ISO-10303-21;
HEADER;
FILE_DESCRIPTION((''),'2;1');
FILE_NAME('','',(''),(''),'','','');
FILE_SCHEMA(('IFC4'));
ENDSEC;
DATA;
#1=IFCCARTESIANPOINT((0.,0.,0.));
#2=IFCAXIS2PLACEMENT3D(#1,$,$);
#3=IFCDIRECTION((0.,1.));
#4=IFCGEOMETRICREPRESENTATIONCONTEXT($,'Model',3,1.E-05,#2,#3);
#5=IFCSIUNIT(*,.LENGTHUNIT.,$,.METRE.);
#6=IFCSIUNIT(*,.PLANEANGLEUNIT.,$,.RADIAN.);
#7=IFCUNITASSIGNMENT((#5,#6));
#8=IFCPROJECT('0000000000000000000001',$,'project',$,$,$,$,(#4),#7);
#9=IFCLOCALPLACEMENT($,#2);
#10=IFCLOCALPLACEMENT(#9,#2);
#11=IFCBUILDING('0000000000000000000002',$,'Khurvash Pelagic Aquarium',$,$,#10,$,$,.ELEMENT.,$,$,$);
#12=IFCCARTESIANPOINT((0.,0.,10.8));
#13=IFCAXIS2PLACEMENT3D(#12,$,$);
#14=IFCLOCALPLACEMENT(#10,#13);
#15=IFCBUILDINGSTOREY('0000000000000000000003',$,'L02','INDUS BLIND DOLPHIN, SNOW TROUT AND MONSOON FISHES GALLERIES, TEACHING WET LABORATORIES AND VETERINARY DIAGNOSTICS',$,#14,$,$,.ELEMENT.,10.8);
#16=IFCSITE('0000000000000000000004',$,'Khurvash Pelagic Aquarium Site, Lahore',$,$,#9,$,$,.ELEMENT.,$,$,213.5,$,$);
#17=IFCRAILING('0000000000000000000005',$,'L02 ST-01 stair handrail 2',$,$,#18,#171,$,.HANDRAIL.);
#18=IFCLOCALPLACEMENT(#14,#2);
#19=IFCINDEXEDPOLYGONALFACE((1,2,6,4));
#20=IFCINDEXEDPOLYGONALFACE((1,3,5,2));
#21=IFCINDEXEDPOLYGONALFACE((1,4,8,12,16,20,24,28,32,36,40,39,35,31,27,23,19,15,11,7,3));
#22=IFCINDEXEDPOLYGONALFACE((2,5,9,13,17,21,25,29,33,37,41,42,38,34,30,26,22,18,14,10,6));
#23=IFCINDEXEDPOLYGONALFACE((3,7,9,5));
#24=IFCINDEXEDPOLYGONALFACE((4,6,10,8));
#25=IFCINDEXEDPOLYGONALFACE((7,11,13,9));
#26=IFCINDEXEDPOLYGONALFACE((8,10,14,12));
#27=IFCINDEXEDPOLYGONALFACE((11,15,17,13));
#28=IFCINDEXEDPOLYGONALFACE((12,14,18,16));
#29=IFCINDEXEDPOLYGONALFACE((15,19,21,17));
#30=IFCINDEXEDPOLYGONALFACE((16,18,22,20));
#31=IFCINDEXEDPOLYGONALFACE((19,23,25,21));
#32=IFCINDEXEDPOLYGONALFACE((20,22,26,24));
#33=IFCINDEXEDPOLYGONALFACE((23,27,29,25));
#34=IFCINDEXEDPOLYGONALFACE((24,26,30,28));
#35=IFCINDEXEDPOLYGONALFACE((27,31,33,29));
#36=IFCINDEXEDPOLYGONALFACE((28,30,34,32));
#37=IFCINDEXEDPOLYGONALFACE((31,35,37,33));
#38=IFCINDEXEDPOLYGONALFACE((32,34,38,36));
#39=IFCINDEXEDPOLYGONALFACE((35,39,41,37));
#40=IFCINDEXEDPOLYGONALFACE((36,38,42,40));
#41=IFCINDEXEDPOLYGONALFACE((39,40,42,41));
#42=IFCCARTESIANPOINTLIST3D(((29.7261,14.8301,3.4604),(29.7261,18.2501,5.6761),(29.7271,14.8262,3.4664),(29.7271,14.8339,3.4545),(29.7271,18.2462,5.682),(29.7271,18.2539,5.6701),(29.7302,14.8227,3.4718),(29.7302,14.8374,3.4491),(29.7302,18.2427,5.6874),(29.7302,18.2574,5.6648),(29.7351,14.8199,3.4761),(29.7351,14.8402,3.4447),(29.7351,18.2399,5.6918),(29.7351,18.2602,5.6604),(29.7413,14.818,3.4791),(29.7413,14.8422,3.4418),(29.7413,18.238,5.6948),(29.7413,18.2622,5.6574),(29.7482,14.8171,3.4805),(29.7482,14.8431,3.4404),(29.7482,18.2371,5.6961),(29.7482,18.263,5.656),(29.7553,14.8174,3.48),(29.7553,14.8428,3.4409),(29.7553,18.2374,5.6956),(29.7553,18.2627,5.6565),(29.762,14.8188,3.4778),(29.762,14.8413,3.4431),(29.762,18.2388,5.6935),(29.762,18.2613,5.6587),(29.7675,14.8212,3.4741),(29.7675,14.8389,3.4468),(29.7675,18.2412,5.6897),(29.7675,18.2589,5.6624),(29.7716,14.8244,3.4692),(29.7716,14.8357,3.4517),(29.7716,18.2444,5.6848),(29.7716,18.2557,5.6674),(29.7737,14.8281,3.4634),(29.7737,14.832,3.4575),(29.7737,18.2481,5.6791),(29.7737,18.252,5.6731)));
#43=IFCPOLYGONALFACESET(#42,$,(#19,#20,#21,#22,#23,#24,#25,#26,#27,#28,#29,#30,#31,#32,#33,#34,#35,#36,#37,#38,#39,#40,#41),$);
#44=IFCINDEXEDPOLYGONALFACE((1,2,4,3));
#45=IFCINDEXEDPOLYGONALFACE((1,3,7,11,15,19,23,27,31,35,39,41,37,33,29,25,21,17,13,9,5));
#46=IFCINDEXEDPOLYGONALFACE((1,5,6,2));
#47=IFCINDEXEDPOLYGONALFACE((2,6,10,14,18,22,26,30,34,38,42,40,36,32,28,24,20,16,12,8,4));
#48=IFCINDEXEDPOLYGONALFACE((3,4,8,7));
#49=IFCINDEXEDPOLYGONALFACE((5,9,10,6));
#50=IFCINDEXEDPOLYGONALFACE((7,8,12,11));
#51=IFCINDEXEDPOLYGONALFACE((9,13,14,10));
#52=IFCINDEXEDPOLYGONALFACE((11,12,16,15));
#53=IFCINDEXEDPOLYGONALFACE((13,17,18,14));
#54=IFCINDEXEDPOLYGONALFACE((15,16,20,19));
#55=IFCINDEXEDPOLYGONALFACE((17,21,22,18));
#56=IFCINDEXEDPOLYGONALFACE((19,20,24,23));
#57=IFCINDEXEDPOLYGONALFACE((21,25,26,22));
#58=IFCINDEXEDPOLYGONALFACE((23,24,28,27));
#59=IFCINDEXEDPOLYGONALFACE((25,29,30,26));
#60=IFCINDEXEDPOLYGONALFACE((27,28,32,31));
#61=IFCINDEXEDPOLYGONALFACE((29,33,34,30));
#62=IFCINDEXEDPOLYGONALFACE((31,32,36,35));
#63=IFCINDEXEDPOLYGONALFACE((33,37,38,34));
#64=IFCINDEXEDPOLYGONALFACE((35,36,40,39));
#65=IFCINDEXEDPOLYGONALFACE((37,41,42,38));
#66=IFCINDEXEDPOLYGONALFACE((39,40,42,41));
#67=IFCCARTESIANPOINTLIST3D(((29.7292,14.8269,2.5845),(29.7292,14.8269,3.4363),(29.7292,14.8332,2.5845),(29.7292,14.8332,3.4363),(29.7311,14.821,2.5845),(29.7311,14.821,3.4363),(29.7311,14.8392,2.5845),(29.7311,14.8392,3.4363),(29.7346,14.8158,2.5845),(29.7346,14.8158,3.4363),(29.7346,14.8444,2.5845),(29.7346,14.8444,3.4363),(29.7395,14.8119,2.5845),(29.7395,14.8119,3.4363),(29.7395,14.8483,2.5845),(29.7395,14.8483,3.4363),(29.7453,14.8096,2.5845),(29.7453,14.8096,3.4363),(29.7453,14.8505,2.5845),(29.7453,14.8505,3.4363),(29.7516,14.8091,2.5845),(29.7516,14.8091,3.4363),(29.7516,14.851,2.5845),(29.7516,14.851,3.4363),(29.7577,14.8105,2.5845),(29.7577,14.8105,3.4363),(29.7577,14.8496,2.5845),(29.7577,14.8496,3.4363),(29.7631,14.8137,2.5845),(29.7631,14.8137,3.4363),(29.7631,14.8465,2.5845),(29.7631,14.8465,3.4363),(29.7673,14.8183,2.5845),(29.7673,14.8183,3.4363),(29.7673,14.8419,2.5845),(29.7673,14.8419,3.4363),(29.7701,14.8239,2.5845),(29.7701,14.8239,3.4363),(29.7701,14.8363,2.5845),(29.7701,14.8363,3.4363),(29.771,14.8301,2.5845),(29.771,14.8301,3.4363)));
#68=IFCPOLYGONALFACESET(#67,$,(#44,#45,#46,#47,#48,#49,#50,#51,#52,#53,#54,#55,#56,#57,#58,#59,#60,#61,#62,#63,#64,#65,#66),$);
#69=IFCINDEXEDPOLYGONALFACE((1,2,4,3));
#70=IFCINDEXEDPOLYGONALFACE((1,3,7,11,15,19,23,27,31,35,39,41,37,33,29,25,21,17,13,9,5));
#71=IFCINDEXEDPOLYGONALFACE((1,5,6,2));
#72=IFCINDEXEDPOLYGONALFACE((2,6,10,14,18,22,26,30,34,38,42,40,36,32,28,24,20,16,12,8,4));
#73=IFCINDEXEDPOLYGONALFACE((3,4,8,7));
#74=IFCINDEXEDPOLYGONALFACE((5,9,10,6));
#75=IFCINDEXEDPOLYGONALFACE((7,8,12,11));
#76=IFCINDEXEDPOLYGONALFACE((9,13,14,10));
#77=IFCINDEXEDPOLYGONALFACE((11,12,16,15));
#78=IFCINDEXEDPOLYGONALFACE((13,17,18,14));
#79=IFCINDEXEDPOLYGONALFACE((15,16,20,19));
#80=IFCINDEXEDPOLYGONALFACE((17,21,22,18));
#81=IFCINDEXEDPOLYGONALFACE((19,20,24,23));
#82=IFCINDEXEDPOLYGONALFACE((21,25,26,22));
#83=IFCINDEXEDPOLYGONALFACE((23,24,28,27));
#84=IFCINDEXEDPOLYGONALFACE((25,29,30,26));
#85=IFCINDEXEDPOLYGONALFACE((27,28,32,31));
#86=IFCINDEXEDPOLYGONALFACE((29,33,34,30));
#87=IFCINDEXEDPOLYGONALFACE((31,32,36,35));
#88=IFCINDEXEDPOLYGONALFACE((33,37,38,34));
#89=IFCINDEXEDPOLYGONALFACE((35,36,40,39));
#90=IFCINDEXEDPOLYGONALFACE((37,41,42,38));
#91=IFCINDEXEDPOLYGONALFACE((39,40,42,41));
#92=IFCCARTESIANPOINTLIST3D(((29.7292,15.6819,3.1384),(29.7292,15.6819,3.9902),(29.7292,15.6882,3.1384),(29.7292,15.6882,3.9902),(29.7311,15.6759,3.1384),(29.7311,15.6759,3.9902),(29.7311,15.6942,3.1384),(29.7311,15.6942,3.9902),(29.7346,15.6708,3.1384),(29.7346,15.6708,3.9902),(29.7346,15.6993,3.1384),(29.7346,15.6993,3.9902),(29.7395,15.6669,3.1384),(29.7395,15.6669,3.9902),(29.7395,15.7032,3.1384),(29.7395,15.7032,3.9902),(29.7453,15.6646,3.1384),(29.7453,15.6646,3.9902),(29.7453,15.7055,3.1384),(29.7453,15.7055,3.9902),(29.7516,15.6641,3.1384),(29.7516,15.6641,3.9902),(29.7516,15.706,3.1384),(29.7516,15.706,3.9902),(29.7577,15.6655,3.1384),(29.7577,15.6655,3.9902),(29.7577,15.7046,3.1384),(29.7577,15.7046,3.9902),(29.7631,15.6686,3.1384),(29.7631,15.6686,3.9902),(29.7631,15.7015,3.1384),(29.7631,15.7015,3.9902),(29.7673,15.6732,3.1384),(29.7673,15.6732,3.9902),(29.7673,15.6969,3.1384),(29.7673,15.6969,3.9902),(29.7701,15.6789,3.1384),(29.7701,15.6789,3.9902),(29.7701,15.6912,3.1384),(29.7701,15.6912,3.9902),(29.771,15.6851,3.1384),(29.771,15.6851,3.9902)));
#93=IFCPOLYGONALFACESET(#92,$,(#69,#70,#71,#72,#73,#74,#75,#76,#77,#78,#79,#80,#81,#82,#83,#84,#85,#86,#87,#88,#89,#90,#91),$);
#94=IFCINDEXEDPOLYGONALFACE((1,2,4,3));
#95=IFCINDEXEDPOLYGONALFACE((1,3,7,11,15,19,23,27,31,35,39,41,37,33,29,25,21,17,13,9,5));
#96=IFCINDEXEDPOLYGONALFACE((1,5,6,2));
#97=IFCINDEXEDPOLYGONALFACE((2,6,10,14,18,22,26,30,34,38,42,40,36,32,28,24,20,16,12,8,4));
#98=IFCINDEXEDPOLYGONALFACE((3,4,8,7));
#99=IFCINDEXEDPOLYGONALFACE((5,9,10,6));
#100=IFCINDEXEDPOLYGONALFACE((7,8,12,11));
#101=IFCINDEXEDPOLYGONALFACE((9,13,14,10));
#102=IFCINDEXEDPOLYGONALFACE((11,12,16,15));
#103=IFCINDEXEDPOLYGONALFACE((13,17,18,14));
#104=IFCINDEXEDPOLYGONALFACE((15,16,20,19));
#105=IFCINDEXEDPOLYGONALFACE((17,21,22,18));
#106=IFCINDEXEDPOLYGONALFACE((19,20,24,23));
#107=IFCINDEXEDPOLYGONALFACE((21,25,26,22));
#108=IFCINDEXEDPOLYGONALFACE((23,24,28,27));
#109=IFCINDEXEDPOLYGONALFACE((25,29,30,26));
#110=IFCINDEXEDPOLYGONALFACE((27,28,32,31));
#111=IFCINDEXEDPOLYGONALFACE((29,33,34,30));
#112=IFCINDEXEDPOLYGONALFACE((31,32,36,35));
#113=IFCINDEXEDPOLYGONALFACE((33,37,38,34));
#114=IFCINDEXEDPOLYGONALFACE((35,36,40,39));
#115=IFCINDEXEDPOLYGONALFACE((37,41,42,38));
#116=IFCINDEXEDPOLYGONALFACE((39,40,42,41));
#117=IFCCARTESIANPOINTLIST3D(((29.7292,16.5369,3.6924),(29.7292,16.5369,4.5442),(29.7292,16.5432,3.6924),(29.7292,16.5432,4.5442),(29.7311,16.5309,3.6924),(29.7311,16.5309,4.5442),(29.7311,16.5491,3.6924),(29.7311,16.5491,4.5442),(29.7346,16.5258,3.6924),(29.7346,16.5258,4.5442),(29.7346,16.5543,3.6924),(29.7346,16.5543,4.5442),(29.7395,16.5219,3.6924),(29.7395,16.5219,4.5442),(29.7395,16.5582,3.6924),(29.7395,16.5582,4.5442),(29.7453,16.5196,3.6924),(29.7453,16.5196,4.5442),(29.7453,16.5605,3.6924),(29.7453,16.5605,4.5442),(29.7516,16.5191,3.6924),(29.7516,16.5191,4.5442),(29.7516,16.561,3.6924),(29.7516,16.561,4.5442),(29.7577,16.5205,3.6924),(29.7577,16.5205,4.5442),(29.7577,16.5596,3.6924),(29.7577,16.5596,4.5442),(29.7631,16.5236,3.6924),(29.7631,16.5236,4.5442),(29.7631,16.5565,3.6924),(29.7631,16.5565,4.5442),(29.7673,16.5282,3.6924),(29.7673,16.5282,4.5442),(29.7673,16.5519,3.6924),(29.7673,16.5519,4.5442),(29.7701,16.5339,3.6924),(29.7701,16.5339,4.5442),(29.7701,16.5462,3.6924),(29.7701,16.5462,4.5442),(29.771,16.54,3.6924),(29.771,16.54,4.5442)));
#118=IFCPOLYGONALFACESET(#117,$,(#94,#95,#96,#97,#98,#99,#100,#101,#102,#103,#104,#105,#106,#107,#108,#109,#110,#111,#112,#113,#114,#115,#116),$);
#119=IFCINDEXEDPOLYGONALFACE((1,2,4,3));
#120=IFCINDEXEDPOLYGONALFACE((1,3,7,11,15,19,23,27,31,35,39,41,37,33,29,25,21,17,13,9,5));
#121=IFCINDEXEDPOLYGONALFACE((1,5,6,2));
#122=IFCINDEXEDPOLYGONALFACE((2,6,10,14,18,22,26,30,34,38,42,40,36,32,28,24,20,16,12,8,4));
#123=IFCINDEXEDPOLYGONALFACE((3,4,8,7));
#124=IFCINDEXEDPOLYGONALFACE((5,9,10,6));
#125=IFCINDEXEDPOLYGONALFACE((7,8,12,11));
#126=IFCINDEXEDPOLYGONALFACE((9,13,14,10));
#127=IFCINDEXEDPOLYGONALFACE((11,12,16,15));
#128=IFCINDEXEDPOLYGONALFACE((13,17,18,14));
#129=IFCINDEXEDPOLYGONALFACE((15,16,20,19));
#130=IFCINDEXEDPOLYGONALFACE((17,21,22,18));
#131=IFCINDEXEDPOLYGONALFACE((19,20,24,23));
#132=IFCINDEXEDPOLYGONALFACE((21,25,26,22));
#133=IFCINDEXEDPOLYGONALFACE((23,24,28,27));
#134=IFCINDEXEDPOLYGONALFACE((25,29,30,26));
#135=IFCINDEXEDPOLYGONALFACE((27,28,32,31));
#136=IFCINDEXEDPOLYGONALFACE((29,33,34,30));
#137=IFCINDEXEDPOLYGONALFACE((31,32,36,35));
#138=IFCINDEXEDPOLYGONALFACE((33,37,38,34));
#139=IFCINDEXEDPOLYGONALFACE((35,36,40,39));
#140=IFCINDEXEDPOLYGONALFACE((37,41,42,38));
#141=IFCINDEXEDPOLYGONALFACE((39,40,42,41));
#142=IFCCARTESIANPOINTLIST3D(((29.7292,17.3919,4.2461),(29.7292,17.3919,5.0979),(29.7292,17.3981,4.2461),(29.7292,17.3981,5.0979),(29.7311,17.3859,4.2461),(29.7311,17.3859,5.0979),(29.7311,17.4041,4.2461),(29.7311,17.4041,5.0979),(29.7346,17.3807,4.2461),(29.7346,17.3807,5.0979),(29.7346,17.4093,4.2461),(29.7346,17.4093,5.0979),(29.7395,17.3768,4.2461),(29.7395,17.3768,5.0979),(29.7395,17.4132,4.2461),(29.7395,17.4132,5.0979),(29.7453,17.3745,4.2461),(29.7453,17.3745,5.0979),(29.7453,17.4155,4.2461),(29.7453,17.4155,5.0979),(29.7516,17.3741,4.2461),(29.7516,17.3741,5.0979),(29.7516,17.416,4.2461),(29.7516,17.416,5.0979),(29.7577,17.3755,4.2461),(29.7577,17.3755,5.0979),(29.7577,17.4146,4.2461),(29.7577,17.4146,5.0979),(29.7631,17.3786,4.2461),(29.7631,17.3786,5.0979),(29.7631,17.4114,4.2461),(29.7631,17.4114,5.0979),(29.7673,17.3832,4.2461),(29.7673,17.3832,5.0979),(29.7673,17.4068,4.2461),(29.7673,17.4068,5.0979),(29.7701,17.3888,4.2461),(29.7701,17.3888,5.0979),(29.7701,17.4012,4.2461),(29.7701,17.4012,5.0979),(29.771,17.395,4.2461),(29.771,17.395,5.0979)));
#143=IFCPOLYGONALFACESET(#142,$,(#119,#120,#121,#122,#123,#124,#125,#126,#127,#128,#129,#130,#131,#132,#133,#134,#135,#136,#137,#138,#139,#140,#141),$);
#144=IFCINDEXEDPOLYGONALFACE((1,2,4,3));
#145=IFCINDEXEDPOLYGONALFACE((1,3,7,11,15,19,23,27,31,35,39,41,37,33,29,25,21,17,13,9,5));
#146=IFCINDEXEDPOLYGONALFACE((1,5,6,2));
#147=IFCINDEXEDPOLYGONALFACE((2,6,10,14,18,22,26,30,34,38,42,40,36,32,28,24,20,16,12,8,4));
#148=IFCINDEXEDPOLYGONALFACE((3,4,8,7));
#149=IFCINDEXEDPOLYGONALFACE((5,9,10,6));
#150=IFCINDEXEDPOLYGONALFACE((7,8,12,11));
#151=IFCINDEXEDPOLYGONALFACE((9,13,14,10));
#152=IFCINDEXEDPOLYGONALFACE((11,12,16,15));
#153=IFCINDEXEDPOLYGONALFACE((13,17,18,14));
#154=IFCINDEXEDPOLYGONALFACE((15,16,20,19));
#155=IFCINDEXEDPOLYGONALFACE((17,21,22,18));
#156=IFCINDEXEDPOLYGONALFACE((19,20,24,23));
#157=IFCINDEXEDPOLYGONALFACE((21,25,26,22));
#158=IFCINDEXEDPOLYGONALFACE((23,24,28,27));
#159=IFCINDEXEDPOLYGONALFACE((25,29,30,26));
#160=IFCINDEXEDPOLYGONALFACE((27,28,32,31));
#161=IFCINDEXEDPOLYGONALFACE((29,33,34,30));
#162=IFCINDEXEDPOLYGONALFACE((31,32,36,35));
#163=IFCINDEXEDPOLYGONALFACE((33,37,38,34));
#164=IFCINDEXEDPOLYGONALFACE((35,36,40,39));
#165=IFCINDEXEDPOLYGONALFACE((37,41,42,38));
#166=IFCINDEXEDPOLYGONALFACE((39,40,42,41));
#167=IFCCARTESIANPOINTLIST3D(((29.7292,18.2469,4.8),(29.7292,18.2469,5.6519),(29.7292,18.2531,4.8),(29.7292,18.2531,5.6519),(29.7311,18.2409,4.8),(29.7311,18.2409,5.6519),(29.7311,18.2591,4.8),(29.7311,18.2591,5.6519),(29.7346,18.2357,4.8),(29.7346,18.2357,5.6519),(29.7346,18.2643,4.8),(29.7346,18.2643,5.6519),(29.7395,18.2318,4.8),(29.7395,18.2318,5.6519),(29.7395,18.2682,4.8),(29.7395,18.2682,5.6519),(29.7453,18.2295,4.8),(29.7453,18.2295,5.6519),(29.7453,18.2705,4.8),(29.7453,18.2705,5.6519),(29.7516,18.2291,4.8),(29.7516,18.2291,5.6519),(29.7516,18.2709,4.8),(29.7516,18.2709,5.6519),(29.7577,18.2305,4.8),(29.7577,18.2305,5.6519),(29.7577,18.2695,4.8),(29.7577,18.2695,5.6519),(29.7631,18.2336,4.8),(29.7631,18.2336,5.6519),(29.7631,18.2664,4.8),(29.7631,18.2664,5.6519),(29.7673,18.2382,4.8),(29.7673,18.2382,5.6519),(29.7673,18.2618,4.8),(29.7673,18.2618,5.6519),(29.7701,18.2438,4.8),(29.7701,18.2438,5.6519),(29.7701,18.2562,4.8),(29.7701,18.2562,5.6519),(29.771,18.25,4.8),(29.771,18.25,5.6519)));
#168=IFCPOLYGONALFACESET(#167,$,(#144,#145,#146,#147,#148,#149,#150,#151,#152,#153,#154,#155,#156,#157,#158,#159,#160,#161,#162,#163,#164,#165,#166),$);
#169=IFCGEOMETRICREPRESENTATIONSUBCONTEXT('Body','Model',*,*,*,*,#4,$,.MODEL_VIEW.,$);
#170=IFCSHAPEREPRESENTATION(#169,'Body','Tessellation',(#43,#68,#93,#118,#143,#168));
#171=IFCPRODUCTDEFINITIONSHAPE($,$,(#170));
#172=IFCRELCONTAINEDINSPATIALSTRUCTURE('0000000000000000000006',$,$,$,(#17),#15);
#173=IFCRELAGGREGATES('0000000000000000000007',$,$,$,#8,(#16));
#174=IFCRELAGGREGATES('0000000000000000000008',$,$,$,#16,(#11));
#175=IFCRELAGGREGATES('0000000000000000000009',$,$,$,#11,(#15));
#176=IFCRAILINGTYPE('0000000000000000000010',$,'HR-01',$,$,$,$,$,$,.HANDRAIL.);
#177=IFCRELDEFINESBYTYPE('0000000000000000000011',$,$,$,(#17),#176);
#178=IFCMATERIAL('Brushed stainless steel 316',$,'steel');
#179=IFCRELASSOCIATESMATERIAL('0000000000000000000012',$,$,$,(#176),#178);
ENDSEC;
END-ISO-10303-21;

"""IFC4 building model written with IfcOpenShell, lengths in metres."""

from ifc_helpers import new_model, si_unit, direction, frame, origin, origin_2d, place, context, subcontext, project, spatial, circle, extrude, material, type_object, element, save


model = new_model("IFC4")

# Units and contexts
model_context = context("Model", 3, precision=1e-05, world=origin(), true_north=direction((0.0, 1.0)))
body_context = subcontext(model_context, "Body", "Model", "MODEL_VIEW")
ifc_project = project(units=[si_unit("LENGTHUNIT", "METRE"), si_unit("PLANEANGLEUNIT", "RADIAN")], contexts=[model_context])

# Site, building, storey
site_placement = place(None, origin())
site = spatial("IfcSite", under=ifc_project, at=site_placement, Name="Khurvash Pelagic Aquarium Site, Lahore", CompositionType="ELEMENT", RefElevation=213.5)
building_placement = place(site_placement, origin())
building = spatial("IfcBuilding", under=site, at=building_placement, Name="Khurvash Pelagic Aquarium", CompositionType="ELEMENT")
storey_placement = place(building_placement, frame((0.0, 0.0, 10.8)))
storey = spatial("IfcBuildingStorey", under=building, at=storey_placement, Name="L02", Description="INDUS BLIND DOLPHIN, SNOW TROUT AND MONSOON FISHES GALLERIES, TEACHING WET LABORATORIES AND VETERINARY DIAGNOSTICS", CompositionType="ELEMENT", Elevation=10.8)

# Railing
ifc_material_1 = material(Name="Brushed stainless steel 316", Category="steel")
railing_type_1 = type_object("IfcRailingType", Name="HR-01", PredefinedType="HANDRAIL", material=ifc_material_1)
railing_1_placement = place(storey_placement, frame((29.75, 14.8301, 2.5845)))
element("IfcRailing", 1, at=railing_1_placement, inside=storey, type_object=railing_type_1, Name="L02 ST-01 stair handrail 2", PredefinedType="HANDRAIL", context=body_context, shape_type="SweptSolid", body=[
    extrude(circle(Radius=0.0239, at=origin_2d()), frame((0.0, 0.0, 0.876), z_axis=(0.0, 0.839269, 0.543716), x_axis=(-1.0, 0.0, 0.0)), (0.0, 0.0, 1.0), 4.075),
    extrude(circle(Radius=0.021, at=origin_2d()), origin(), (0.0, 0.0, 1.0), 0.8518),
    extrude(circle(Radius=0.021, at=origin_2d()), frame((0.0, 0.855, 0.554)), (0.0, 0.0, 1.0), 0.8518),
    extrude(circle(Radius=0.021, at=origin_2d()), frame((0.0, 1.71, 1.1079)), (0.0, 0.0, 1.0), 0.8518),
    extrude(circle(Radius=0.021, at=origin_2d()), frame((0.0, 2.5649, 1.6616)), (0.0, 0.0, 1.0), 0.8518),
    extrude(circle(Radius=0.021, at=origin_2d()), frame((0.0, 3.4199, 2.2156)), (0.0, 0.0, 1.0), 0.8518),
])

save(model, "model.ifc")
